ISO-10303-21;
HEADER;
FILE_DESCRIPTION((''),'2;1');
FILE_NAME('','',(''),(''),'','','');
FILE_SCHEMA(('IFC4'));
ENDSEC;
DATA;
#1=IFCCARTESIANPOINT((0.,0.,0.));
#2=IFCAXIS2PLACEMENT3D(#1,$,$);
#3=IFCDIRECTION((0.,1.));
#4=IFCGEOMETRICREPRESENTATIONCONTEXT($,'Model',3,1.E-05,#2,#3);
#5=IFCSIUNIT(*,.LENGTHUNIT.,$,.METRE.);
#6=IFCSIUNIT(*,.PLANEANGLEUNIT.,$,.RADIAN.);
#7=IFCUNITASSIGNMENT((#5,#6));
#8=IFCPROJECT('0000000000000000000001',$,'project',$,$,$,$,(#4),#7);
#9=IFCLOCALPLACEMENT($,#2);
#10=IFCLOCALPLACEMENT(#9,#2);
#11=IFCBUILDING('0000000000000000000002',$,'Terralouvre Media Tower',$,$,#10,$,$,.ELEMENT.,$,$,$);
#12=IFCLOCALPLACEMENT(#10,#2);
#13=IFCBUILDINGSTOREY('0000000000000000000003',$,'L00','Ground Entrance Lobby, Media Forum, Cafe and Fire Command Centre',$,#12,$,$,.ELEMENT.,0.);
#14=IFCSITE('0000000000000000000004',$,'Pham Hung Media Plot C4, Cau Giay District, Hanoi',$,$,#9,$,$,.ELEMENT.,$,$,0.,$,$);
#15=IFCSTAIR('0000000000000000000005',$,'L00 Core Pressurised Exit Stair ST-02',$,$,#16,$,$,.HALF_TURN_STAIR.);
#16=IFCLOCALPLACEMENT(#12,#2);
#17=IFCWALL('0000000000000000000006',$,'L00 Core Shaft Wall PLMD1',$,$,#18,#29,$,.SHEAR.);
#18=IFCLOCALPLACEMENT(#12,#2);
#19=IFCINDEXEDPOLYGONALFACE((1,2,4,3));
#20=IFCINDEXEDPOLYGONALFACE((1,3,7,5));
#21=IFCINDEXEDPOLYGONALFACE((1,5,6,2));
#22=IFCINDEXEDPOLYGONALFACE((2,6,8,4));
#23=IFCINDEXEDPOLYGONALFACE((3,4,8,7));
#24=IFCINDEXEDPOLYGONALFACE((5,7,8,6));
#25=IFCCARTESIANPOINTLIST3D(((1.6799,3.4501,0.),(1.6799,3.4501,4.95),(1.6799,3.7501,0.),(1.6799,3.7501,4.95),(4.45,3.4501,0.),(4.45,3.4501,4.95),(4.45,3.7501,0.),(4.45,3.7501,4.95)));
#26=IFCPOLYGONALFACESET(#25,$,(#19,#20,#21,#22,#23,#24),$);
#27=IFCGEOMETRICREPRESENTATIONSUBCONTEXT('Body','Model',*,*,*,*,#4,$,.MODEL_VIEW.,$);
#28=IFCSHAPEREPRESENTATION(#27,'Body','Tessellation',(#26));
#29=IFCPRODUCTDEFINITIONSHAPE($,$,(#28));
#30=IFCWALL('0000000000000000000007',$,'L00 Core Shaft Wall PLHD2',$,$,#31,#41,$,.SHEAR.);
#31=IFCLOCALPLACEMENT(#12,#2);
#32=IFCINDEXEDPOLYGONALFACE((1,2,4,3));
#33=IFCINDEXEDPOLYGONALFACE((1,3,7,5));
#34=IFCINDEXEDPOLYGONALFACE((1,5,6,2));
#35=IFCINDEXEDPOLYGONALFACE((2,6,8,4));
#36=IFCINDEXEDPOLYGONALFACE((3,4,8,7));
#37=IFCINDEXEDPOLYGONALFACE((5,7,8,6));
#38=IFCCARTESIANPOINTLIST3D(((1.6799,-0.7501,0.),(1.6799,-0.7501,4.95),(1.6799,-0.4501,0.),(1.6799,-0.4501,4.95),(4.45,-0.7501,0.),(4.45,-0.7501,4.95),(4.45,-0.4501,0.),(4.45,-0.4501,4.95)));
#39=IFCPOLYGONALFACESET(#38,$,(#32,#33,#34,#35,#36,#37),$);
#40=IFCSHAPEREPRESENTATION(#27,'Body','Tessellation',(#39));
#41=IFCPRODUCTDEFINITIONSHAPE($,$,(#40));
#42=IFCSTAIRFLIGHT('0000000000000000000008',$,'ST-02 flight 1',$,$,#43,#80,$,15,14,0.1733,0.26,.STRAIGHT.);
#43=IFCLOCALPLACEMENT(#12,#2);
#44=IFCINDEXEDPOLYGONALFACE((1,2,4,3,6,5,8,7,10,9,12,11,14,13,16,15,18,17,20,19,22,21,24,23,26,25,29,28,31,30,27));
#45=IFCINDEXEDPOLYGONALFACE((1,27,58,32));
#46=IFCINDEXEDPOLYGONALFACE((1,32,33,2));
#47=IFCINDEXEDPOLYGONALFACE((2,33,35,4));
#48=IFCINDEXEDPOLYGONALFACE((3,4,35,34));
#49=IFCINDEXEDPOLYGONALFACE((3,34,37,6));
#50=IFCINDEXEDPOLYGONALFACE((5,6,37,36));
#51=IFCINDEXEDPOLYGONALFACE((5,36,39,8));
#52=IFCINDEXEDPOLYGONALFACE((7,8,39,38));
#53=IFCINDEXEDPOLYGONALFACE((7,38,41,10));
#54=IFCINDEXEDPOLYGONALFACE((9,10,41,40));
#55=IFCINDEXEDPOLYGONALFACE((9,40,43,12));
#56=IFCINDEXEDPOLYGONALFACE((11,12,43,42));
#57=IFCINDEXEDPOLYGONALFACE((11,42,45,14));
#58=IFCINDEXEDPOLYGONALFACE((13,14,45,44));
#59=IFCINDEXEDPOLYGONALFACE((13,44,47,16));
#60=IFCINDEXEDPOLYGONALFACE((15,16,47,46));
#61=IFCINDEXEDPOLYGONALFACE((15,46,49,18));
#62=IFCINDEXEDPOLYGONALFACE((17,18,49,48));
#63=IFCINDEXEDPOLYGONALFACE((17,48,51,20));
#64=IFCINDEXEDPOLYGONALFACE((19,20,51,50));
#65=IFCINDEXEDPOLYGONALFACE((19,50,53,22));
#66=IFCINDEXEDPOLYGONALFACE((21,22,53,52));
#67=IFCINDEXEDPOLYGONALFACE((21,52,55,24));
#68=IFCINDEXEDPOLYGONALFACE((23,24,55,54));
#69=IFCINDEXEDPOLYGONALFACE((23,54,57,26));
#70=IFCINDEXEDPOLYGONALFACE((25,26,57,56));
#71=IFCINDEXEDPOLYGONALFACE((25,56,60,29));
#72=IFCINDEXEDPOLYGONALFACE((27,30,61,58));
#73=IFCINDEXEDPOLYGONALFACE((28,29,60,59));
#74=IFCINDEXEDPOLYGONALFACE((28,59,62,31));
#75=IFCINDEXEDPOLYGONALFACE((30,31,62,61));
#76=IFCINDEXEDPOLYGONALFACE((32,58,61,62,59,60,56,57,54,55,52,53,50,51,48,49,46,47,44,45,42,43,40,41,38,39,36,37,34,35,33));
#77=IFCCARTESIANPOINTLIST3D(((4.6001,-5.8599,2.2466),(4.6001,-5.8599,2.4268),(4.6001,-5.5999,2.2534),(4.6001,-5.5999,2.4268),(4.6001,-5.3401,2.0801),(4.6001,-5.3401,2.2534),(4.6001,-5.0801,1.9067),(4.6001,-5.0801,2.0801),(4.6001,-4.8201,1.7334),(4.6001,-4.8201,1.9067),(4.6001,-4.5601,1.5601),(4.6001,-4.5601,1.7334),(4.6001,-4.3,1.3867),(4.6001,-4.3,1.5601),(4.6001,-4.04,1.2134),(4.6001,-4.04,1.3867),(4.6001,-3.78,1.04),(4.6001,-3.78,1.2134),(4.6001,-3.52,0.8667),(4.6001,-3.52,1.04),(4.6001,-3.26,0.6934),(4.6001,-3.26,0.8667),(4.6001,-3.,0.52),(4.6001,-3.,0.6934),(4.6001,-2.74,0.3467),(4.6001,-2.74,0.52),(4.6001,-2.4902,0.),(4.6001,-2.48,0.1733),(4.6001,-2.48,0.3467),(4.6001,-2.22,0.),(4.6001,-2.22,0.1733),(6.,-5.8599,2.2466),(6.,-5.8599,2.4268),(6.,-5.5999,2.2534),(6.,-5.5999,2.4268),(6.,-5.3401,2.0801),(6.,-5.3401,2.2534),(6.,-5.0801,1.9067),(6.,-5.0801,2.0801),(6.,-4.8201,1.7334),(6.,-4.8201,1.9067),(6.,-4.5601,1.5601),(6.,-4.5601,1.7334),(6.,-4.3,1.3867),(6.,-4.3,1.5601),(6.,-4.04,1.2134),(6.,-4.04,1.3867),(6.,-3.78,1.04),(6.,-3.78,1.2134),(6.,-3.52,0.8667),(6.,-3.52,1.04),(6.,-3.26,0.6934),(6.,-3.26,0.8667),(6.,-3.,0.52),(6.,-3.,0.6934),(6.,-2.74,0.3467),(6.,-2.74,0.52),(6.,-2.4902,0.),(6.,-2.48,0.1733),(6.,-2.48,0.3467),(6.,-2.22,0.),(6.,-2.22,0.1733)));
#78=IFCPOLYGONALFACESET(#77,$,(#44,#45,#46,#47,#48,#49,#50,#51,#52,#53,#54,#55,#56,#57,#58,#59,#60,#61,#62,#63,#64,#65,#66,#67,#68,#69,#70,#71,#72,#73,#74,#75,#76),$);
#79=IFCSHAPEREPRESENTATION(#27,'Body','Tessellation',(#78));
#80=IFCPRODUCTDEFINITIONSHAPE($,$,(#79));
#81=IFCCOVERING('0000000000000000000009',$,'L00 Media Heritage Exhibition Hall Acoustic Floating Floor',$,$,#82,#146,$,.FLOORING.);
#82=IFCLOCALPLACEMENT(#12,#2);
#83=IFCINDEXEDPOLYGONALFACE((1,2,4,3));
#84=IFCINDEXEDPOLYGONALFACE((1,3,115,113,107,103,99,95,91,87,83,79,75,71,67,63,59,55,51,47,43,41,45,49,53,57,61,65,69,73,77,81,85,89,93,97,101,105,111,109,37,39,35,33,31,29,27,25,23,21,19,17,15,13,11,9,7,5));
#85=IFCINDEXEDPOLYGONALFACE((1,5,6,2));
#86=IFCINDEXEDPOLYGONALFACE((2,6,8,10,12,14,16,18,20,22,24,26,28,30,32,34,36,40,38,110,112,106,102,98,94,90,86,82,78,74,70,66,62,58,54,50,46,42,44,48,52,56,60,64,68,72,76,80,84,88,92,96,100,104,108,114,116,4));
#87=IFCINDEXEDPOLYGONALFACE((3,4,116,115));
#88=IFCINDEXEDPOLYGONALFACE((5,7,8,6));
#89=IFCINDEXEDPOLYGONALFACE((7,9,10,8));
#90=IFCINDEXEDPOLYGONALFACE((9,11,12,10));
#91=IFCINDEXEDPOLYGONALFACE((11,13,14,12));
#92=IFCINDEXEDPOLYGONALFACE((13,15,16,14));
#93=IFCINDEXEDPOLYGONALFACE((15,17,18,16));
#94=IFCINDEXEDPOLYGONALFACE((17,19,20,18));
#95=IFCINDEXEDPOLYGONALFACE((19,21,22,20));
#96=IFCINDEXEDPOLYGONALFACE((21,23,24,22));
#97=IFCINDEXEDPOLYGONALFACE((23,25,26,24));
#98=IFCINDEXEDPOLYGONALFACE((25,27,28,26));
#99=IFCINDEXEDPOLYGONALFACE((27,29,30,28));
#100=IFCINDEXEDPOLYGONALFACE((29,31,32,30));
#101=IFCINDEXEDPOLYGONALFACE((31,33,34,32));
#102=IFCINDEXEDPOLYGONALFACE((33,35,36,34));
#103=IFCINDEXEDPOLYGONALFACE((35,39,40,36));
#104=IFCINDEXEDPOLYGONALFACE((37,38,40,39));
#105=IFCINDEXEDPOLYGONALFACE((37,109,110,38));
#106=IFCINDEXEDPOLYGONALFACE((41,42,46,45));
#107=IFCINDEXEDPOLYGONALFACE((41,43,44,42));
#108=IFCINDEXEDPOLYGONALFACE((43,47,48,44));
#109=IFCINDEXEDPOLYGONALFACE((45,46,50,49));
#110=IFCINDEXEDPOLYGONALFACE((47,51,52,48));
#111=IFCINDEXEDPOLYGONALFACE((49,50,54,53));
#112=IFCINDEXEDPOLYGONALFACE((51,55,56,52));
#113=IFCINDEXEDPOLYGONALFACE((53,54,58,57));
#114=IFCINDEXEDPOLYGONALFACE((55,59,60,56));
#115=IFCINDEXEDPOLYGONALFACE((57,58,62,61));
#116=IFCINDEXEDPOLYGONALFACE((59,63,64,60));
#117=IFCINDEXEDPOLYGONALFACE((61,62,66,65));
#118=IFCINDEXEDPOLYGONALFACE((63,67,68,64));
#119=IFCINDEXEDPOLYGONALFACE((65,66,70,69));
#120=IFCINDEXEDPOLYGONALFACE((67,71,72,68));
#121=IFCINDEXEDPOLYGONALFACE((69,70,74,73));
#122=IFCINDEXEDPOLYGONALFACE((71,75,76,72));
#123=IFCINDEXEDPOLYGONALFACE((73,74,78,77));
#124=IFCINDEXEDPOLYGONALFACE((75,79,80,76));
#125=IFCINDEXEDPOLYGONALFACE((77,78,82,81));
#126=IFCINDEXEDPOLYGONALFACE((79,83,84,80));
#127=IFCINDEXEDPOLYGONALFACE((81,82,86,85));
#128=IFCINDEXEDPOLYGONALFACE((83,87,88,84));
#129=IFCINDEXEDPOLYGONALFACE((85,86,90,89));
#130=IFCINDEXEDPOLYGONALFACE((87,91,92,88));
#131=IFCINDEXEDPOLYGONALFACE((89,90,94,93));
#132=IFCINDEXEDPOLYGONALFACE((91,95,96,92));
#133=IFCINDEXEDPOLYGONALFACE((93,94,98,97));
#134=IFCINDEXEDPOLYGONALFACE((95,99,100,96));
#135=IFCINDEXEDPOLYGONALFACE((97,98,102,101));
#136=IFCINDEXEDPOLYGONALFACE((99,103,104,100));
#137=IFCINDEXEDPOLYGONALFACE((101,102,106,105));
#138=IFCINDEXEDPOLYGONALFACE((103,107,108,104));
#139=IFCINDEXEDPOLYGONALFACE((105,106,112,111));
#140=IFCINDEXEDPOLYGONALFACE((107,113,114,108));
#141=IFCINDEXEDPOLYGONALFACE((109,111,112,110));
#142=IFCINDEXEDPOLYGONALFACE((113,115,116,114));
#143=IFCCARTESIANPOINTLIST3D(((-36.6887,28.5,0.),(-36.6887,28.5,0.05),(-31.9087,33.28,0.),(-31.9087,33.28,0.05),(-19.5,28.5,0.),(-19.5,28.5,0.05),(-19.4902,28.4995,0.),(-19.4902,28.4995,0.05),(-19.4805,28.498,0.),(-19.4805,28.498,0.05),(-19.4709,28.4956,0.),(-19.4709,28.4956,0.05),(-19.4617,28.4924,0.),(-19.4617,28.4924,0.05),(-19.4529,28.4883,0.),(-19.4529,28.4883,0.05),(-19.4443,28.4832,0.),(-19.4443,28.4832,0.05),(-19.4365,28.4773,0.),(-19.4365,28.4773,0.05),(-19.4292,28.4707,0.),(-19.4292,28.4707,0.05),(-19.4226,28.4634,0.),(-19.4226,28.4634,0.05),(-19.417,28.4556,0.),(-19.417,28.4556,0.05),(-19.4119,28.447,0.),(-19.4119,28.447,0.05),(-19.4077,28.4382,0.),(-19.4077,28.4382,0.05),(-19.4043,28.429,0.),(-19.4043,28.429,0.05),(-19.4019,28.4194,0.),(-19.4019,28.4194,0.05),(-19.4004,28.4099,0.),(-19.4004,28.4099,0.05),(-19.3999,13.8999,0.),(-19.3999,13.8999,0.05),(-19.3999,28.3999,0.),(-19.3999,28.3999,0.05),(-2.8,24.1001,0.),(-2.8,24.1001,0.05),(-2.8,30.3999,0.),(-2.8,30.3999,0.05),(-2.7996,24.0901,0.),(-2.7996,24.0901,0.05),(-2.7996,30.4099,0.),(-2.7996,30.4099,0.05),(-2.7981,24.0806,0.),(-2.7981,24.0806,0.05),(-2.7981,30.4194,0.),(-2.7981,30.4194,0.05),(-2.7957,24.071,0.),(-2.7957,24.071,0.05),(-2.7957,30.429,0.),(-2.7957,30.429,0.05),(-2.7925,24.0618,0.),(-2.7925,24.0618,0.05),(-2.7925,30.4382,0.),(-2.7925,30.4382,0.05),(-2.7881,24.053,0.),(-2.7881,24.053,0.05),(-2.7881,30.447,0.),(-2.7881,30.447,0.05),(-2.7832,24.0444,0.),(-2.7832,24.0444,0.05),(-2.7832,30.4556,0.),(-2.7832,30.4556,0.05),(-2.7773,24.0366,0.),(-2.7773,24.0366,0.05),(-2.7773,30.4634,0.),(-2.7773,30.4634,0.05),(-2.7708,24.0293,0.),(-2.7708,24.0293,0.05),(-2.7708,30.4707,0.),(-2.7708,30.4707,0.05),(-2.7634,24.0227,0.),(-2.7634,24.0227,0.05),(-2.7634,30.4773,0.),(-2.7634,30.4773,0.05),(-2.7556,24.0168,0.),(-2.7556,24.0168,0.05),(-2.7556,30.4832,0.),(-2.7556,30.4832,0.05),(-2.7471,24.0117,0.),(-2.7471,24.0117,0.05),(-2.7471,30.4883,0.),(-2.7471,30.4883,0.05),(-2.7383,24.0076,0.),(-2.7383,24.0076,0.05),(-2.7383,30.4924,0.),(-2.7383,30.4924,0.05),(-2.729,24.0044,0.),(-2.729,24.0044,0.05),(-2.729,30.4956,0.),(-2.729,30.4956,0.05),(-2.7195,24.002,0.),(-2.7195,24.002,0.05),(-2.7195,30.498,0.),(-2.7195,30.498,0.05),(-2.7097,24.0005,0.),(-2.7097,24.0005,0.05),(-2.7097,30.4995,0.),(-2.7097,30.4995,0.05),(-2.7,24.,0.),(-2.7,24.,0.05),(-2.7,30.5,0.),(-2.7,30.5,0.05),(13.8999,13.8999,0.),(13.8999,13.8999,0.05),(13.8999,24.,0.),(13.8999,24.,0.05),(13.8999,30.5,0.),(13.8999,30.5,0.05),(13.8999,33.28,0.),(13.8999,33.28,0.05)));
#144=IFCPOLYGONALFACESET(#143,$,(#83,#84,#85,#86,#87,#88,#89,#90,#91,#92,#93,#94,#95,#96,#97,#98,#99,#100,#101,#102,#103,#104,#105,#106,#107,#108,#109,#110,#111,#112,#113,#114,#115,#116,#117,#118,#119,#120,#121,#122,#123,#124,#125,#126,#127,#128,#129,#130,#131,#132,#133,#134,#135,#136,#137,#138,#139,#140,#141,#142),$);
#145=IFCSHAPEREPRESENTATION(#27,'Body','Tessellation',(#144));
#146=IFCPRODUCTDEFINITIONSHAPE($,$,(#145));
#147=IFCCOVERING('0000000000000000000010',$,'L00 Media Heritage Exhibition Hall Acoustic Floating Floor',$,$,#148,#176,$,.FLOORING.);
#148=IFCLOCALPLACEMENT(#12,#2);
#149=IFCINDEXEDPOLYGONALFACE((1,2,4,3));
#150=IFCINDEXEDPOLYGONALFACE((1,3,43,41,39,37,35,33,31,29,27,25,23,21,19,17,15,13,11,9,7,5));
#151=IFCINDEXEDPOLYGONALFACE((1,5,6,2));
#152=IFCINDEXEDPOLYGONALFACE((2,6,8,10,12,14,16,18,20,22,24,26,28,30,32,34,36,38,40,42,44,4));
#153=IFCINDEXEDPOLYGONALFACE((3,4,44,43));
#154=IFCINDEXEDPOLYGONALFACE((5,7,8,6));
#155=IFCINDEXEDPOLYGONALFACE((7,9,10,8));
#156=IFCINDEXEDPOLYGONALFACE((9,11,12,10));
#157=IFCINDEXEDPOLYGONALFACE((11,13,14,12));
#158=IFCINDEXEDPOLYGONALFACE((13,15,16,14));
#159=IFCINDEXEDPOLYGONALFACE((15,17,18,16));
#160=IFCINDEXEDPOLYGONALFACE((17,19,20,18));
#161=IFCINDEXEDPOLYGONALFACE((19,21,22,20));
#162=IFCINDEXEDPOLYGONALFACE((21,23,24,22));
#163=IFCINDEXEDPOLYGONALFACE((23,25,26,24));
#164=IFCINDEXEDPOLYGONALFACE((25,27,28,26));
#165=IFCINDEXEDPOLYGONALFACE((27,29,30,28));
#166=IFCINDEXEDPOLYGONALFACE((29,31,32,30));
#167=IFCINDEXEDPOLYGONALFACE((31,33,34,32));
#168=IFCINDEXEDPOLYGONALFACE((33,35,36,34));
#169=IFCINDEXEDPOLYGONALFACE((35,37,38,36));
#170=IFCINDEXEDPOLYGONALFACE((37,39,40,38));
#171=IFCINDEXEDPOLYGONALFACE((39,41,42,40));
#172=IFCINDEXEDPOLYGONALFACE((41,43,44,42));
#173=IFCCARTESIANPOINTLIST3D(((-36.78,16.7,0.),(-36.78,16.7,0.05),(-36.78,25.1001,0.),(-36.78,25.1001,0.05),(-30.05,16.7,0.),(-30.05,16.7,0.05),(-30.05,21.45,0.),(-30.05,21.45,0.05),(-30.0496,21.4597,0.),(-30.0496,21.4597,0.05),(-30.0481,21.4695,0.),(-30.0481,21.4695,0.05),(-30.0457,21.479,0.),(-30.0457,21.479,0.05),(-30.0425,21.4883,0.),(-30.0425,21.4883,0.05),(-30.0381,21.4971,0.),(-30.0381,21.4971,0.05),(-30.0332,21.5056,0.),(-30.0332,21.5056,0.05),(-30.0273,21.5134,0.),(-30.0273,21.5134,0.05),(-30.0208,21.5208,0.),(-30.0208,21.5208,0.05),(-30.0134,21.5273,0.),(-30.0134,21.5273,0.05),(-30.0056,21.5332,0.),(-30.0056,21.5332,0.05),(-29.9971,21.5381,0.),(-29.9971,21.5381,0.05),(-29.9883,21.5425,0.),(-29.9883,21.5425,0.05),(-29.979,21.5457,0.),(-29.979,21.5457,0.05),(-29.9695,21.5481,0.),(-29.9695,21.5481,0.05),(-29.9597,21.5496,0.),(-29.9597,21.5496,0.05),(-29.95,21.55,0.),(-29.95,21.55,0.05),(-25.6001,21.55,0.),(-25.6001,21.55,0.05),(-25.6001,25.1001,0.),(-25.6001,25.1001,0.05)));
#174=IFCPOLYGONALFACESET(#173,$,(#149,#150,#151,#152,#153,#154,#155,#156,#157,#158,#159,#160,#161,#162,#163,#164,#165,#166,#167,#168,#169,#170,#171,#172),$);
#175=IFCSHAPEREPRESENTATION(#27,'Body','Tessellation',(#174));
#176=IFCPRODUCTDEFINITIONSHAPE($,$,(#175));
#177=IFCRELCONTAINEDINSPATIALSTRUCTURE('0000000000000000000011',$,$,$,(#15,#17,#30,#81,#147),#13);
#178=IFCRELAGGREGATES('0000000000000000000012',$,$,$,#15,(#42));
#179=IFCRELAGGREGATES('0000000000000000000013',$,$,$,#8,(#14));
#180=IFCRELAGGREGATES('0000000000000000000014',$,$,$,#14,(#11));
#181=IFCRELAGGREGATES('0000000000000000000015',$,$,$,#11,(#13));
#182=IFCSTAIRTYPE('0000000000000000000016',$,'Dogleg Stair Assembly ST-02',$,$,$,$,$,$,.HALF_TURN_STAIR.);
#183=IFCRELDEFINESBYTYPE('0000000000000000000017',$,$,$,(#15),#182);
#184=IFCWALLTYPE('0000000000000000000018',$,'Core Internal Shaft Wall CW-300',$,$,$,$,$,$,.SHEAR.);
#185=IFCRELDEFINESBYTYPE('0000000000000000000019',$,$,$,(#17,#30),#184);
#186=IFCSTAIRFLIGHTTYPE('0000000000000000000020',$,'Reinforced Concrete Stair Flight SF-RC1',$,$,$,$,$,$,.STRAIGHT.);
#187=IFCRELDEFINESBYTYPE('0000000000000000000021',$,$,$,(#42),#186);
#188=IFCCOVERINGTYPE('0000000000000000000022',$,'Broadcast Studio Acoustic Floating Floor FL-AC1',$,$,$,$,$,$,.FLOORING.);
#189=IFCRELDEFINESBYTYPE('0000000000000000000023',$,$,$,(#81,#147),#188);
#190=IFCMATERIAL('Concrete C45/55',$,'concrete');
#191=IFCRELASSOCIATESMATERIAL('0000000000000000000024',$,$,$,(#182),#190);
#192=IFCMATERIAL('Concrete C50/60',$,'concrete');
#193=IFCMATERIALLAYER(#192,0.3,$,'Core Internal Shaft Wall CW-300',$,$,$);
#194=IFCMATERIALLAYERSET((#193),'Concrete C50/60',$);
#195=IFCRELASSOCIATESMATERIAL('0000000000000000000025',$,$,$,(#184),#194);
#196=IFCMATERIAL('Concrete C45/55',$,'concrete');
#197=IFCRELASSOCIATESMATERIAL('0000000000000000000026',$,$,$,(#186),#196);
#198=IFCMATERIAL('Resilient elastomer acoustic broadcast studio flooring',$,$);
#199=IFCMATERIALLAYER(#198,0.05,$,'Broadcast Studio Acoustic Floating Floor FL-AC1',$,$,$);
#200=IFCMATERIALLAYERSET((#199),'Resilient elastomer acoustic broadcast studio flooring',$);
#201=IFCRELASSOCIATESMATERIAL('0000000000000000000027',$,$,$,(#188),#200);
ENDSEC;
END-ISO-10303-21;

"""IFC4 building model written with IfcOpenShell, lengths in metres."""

from ifc_helpers import new_model, si_unit, direction, frame, frame_2d, origin, place, context, subcontext, project, spatial, polyline, rectangle, outline, extrude, material, layer, layer_set, type_object, element, aggregate, save


model = new_model("IFC4")

# Units and contexts
model_context = context("Model", 3, precision=1e-05, world=origin(), true_north=direction((0.0, 1.0)))
body_context = subcontext(model_context, "Body", "Model", "MODEL_VIEW")
ifc_project = project(units=[si_unit("LENGTHUNIT", "METRE"), si_unit("PLANEANGLEUNIT", "RADIAN")], contexts=[model_context])

# Site, building, storey
site_placement = place(None, origin())
site = spatial("IfcSite", under=ifc_project, at=site_placement, Name="Pham Hung Media Plot C4, Cau Giay District, Hanoi", CompositionType="ELEMENT", RefElevation=0.0)
building_placement = place(site_placement, origin())
building = spatial("IfcBuilding", under=site, at=building_placement, Name="Terralouvre Media Tower", CompositionType="ELEMENT")
storey_placement = place(building_placement, origin())
storey = spatial("IfcBuildingStorey", under=building, at=storey_placement, Name="L00", Description="Ground Entrance Lobby, Media Forum, Cafe and Fire Command Centre", CompositionType="ELEMENT", Elevation=0.0)

# Stair
ifc_material_1 = material(Name="Concrete C45/55", Category="concrete")
stair_type_1 = type_object("IfcStairType", Name="Dogleg Stair Assembly ST-02", PredefinedType="HALF_TURN_STAIR", material=ifc_material_1)
stair_1_placement = place(storey_placement, origin())
stair_1 = element("IfcStair", 1, at=stair_1_placement, inside=storey, type_object=stair_type_1, Name="L00 Core Pressurised Exit Stair ST-02", PredefinedType="HALF_TURN_STAIR")

# Shared definitions
ifc_material_2 = material(Name="Concrete C50/60", Category="concrete")
ifc_layer_1 = layer(ifc_material_2, 0.3, Name="Core Internal Shaft Wall CW-300")
ifc_layer_set_1 = layer_set([ifc_layer_1], Name="Concrete C50/60")
wall_type = type_object("IfcWallType", Name="Core Internal Shaft Wall CW-300", PredefinedType="SHEAR", material=ifc_layer_set_1)

# Walls
for number, where, z_axis, x_axis, name in (
    (2, (1.6799, 3.6001, 0.0), (0.0, 0.0, 1.0), (1.0, 0.0, 0.0), "L00 Core Shaft Wall PLMD1"),
    (3, (1.6799, -0.6001, 0.0), (0.0, 0.0, 1.0), (1.0, 0.0, 0.0), "L00 Core Shaft Wall PLHD2"),
):
    element("IfcWall", number, at=place(storey_placement, frame(where, z_axis=z_axis, x_axis=x_axis)), inside=storey, type_object=wall_type, Name=name, PredefinedType="SHEAR", context=body_context, shape_type="SweptSolid", body=[
        extrude(rectangle(XDim=2.77, YDim=0.3, at=frame_2d((1.385, 0.0))), origin(), (0.0, 0.0, 1.0), 4.95),
    ])

# Stair flight
ifc_material_3 = material(Name="Concrete C45/55", Category="concrete")
stair_flight_type = type_object("IfcStairFlightType", Name="Reinforced Concrete Stair Flight SF-RC1", PredefinedType="STRAIGHT", material=ifc_material_3)
stair_flight_placement = place(storey_placement, frame((5.3, -2.22, 0.0), z_axis=(0.0, 0.0, 1.0), x_axis=(0.0, -1.0, 0.0)))
stair_flight = element("IfcStairFlight", 4, at=stair_flight_placement, type_object=stair_flight_type, Name="ST-02 flight 1", NumberOfRisers=15, NumberOfTreads=14, PredefinedType="STRAIGHT", RiserHeight=0.1733, TreadLength=0.26, context=body_context, shape_type="SweptSolid", body=[
    extrude(outline(polyline([(0.0, 0.0), (0.0, 0.1733), (0.26, 0.1733), (0.26, 0.3467), (0.52, 0.3467), (0.52, 0.52), (0.78, 0.52), (0.78, 0.6934), (1.04, 0.6934), (1.04, 0.8667), (1.3, 0.8667), (1.3, 1.04), (1.5601, 1.04), (1.5601, 1.2134), (1.8201, 1.2134), (1.8201, 1.3867), (2.0801, 1.3867), (2.0801, 1.5601), (2.3401, 1.5601), (2.3401, 1.7334), (2.6001, 1.7334), (2.6001, 1.9067), (2.8601, 1.9067), (2.8601, 2.0801), (3.1201, 2.0801), (3.1201, 2.2534), (3.3799, 2.2534), (3.3799, 2.4268), (3.6399, 2.4268), (3.6399, 2.6001), (3.6399, 2.2466), (0.2703, 0.0), (0.0, 0.0)])), frame((0.0, 0.7, 0.0), z_axis=(0.0, -1.0, 0.0), x_axis=(1.0, 0.0, 0.0)), (0.0, 0.0, 1.0), 1.3999),
])
aggregate(stair_1, [stair_flight])

# Coverings
ifc_material_4 = material(Name="Resilient elastomer acoustic broadcast studio flooring")
ifc_layer_2 = layer(ifc_material_4, 0.05, Name="Broadcast Studio Acoustic Floating Floor FL-AC1")
ifc_layer_set_2 = layer_set([ifc_layer_2], Name="Resilient elastomer acoustic broadcast studio flooring")
covering_type_1 = type_object("IfcCoveringType", Name="Broadcast Studio Acoustic Floating Floor FL-AC1", PredefinedType="FLOORING", material=ifc_layer_set_2)
covering_1_placement = place(storey_placement, origin())
element("IfcCovering", 5, at=covering_1_placement, inside=storey, type_object=covering_type_1, Name="L00 Media Heritage Exhibition Hall Acoustic Floating Floor", PredefinedType="FLOORING", context=body_context, shape_type="SweptSolid", body=[
    extrude(outline(polyline([(-19.5, 28.5), (-19.4902, 28.4995), (-19.4805, 28.498), (-19.4709, 28.4956), (-19.4617, 28.4924), (-19.4529, 28.4883), (-19.4443, 28.4832), (-19.4365, 28.4773), (-19.4292, 28.4707), (-19.4226, 28.4634), (-19.417, 28.4556), (-19.4119, 28.447), (-19.4077, 28.4382), (-19.4043, 28.429), (-19.4019, 28.4194), (-19.4004, 28.4099), (-19.3999, 28.3999), (-19.3999, 13.8999), (13.8999, 13.8999), (13.8999, 24.0), (-2.7, 24.0), (-2.7097, 24.0005), (-2.7195, 24.002), (-2.729, 24.0044), (-2.7383, 24.0076), (-2.7471, 24.0117), (-2.7556, 24.0168), (-2.7634, 24.0227), (-2.7708, 24.0293), (-2.7773, 24.0366), (-2.7832, 24.0444), (-2.7881, 24.053), (-2.7925, 24.0618), (-2.7957, 24.071), (-2.7981, 24.0806), (-2.7996, 24.0901), (-2.8, 24.1001), (-2.8, 30.3999), (-2.7996, 30.4099), (-2.7981, 30.4194), (-2.7957, 30.429), (-2.7925, 30.4382), (-2.7881, 30.447), (-2.7832, 30.4556), (-2.7773, 30.4634), (-2.7708, 30.4707), (-2.7634, 30.4773), (-2.7556, 30.4832), (-2.7471, 30.4883), (-2.7383, 30.4924), (-2.729, 30.4956), (-2.7195, 30.498), (-2.7097, 30.4995), (-2.7, 30.5), (13.8999, 30.5), (13.8999, 33.28), (-31.9087, 33.28), (-36.6887, 28.5), (-19.5, 28.5)])), origin(), (0.0, 0.0, 1.0), 0.05),
])
covering_2_placement = place(storey_placement, origin())
element("IfcCovering", 6, at=covering_2_placement, inside=storey, type_object=covering_type_1, Name="L00 Media Heritage Exhibition Hall Acoustic Floating Floor", PredefinedType="FLOORING", context=body_context, shape_type="SweptSolid", body=[
    extrude(outline(polyline([(-36.78, 25.1001), (-36.78, 16.7), (-30.05, 16.7), (-30.05, 21.45), (-30.0496, 21.4597), (-30.0481, 21.4695), (-30.0457, 21.479), (-30.0425, 21.4883), (-30.0381, 21.4971), (-30.0332, 21.5056), (-30.0273, 21.5134), (-30.0208, 21.5208), (-30.0134, 21.5273), (-30.0056, 21.5332), (-29.9971, 21.5381), (-29.9883, 21.5425), (-29.979, 21.5457), (-29.9695, 21.5481), (-29.9597, 21.5496), (-29.95, 21.55), (-25.6001, 21.55), (-25.6001, 25.1001), (-36.78, 25.1001)])), origin(), (0.0, 0.0, 1.0), 0.05),
])

save(model, "model.ifc")
